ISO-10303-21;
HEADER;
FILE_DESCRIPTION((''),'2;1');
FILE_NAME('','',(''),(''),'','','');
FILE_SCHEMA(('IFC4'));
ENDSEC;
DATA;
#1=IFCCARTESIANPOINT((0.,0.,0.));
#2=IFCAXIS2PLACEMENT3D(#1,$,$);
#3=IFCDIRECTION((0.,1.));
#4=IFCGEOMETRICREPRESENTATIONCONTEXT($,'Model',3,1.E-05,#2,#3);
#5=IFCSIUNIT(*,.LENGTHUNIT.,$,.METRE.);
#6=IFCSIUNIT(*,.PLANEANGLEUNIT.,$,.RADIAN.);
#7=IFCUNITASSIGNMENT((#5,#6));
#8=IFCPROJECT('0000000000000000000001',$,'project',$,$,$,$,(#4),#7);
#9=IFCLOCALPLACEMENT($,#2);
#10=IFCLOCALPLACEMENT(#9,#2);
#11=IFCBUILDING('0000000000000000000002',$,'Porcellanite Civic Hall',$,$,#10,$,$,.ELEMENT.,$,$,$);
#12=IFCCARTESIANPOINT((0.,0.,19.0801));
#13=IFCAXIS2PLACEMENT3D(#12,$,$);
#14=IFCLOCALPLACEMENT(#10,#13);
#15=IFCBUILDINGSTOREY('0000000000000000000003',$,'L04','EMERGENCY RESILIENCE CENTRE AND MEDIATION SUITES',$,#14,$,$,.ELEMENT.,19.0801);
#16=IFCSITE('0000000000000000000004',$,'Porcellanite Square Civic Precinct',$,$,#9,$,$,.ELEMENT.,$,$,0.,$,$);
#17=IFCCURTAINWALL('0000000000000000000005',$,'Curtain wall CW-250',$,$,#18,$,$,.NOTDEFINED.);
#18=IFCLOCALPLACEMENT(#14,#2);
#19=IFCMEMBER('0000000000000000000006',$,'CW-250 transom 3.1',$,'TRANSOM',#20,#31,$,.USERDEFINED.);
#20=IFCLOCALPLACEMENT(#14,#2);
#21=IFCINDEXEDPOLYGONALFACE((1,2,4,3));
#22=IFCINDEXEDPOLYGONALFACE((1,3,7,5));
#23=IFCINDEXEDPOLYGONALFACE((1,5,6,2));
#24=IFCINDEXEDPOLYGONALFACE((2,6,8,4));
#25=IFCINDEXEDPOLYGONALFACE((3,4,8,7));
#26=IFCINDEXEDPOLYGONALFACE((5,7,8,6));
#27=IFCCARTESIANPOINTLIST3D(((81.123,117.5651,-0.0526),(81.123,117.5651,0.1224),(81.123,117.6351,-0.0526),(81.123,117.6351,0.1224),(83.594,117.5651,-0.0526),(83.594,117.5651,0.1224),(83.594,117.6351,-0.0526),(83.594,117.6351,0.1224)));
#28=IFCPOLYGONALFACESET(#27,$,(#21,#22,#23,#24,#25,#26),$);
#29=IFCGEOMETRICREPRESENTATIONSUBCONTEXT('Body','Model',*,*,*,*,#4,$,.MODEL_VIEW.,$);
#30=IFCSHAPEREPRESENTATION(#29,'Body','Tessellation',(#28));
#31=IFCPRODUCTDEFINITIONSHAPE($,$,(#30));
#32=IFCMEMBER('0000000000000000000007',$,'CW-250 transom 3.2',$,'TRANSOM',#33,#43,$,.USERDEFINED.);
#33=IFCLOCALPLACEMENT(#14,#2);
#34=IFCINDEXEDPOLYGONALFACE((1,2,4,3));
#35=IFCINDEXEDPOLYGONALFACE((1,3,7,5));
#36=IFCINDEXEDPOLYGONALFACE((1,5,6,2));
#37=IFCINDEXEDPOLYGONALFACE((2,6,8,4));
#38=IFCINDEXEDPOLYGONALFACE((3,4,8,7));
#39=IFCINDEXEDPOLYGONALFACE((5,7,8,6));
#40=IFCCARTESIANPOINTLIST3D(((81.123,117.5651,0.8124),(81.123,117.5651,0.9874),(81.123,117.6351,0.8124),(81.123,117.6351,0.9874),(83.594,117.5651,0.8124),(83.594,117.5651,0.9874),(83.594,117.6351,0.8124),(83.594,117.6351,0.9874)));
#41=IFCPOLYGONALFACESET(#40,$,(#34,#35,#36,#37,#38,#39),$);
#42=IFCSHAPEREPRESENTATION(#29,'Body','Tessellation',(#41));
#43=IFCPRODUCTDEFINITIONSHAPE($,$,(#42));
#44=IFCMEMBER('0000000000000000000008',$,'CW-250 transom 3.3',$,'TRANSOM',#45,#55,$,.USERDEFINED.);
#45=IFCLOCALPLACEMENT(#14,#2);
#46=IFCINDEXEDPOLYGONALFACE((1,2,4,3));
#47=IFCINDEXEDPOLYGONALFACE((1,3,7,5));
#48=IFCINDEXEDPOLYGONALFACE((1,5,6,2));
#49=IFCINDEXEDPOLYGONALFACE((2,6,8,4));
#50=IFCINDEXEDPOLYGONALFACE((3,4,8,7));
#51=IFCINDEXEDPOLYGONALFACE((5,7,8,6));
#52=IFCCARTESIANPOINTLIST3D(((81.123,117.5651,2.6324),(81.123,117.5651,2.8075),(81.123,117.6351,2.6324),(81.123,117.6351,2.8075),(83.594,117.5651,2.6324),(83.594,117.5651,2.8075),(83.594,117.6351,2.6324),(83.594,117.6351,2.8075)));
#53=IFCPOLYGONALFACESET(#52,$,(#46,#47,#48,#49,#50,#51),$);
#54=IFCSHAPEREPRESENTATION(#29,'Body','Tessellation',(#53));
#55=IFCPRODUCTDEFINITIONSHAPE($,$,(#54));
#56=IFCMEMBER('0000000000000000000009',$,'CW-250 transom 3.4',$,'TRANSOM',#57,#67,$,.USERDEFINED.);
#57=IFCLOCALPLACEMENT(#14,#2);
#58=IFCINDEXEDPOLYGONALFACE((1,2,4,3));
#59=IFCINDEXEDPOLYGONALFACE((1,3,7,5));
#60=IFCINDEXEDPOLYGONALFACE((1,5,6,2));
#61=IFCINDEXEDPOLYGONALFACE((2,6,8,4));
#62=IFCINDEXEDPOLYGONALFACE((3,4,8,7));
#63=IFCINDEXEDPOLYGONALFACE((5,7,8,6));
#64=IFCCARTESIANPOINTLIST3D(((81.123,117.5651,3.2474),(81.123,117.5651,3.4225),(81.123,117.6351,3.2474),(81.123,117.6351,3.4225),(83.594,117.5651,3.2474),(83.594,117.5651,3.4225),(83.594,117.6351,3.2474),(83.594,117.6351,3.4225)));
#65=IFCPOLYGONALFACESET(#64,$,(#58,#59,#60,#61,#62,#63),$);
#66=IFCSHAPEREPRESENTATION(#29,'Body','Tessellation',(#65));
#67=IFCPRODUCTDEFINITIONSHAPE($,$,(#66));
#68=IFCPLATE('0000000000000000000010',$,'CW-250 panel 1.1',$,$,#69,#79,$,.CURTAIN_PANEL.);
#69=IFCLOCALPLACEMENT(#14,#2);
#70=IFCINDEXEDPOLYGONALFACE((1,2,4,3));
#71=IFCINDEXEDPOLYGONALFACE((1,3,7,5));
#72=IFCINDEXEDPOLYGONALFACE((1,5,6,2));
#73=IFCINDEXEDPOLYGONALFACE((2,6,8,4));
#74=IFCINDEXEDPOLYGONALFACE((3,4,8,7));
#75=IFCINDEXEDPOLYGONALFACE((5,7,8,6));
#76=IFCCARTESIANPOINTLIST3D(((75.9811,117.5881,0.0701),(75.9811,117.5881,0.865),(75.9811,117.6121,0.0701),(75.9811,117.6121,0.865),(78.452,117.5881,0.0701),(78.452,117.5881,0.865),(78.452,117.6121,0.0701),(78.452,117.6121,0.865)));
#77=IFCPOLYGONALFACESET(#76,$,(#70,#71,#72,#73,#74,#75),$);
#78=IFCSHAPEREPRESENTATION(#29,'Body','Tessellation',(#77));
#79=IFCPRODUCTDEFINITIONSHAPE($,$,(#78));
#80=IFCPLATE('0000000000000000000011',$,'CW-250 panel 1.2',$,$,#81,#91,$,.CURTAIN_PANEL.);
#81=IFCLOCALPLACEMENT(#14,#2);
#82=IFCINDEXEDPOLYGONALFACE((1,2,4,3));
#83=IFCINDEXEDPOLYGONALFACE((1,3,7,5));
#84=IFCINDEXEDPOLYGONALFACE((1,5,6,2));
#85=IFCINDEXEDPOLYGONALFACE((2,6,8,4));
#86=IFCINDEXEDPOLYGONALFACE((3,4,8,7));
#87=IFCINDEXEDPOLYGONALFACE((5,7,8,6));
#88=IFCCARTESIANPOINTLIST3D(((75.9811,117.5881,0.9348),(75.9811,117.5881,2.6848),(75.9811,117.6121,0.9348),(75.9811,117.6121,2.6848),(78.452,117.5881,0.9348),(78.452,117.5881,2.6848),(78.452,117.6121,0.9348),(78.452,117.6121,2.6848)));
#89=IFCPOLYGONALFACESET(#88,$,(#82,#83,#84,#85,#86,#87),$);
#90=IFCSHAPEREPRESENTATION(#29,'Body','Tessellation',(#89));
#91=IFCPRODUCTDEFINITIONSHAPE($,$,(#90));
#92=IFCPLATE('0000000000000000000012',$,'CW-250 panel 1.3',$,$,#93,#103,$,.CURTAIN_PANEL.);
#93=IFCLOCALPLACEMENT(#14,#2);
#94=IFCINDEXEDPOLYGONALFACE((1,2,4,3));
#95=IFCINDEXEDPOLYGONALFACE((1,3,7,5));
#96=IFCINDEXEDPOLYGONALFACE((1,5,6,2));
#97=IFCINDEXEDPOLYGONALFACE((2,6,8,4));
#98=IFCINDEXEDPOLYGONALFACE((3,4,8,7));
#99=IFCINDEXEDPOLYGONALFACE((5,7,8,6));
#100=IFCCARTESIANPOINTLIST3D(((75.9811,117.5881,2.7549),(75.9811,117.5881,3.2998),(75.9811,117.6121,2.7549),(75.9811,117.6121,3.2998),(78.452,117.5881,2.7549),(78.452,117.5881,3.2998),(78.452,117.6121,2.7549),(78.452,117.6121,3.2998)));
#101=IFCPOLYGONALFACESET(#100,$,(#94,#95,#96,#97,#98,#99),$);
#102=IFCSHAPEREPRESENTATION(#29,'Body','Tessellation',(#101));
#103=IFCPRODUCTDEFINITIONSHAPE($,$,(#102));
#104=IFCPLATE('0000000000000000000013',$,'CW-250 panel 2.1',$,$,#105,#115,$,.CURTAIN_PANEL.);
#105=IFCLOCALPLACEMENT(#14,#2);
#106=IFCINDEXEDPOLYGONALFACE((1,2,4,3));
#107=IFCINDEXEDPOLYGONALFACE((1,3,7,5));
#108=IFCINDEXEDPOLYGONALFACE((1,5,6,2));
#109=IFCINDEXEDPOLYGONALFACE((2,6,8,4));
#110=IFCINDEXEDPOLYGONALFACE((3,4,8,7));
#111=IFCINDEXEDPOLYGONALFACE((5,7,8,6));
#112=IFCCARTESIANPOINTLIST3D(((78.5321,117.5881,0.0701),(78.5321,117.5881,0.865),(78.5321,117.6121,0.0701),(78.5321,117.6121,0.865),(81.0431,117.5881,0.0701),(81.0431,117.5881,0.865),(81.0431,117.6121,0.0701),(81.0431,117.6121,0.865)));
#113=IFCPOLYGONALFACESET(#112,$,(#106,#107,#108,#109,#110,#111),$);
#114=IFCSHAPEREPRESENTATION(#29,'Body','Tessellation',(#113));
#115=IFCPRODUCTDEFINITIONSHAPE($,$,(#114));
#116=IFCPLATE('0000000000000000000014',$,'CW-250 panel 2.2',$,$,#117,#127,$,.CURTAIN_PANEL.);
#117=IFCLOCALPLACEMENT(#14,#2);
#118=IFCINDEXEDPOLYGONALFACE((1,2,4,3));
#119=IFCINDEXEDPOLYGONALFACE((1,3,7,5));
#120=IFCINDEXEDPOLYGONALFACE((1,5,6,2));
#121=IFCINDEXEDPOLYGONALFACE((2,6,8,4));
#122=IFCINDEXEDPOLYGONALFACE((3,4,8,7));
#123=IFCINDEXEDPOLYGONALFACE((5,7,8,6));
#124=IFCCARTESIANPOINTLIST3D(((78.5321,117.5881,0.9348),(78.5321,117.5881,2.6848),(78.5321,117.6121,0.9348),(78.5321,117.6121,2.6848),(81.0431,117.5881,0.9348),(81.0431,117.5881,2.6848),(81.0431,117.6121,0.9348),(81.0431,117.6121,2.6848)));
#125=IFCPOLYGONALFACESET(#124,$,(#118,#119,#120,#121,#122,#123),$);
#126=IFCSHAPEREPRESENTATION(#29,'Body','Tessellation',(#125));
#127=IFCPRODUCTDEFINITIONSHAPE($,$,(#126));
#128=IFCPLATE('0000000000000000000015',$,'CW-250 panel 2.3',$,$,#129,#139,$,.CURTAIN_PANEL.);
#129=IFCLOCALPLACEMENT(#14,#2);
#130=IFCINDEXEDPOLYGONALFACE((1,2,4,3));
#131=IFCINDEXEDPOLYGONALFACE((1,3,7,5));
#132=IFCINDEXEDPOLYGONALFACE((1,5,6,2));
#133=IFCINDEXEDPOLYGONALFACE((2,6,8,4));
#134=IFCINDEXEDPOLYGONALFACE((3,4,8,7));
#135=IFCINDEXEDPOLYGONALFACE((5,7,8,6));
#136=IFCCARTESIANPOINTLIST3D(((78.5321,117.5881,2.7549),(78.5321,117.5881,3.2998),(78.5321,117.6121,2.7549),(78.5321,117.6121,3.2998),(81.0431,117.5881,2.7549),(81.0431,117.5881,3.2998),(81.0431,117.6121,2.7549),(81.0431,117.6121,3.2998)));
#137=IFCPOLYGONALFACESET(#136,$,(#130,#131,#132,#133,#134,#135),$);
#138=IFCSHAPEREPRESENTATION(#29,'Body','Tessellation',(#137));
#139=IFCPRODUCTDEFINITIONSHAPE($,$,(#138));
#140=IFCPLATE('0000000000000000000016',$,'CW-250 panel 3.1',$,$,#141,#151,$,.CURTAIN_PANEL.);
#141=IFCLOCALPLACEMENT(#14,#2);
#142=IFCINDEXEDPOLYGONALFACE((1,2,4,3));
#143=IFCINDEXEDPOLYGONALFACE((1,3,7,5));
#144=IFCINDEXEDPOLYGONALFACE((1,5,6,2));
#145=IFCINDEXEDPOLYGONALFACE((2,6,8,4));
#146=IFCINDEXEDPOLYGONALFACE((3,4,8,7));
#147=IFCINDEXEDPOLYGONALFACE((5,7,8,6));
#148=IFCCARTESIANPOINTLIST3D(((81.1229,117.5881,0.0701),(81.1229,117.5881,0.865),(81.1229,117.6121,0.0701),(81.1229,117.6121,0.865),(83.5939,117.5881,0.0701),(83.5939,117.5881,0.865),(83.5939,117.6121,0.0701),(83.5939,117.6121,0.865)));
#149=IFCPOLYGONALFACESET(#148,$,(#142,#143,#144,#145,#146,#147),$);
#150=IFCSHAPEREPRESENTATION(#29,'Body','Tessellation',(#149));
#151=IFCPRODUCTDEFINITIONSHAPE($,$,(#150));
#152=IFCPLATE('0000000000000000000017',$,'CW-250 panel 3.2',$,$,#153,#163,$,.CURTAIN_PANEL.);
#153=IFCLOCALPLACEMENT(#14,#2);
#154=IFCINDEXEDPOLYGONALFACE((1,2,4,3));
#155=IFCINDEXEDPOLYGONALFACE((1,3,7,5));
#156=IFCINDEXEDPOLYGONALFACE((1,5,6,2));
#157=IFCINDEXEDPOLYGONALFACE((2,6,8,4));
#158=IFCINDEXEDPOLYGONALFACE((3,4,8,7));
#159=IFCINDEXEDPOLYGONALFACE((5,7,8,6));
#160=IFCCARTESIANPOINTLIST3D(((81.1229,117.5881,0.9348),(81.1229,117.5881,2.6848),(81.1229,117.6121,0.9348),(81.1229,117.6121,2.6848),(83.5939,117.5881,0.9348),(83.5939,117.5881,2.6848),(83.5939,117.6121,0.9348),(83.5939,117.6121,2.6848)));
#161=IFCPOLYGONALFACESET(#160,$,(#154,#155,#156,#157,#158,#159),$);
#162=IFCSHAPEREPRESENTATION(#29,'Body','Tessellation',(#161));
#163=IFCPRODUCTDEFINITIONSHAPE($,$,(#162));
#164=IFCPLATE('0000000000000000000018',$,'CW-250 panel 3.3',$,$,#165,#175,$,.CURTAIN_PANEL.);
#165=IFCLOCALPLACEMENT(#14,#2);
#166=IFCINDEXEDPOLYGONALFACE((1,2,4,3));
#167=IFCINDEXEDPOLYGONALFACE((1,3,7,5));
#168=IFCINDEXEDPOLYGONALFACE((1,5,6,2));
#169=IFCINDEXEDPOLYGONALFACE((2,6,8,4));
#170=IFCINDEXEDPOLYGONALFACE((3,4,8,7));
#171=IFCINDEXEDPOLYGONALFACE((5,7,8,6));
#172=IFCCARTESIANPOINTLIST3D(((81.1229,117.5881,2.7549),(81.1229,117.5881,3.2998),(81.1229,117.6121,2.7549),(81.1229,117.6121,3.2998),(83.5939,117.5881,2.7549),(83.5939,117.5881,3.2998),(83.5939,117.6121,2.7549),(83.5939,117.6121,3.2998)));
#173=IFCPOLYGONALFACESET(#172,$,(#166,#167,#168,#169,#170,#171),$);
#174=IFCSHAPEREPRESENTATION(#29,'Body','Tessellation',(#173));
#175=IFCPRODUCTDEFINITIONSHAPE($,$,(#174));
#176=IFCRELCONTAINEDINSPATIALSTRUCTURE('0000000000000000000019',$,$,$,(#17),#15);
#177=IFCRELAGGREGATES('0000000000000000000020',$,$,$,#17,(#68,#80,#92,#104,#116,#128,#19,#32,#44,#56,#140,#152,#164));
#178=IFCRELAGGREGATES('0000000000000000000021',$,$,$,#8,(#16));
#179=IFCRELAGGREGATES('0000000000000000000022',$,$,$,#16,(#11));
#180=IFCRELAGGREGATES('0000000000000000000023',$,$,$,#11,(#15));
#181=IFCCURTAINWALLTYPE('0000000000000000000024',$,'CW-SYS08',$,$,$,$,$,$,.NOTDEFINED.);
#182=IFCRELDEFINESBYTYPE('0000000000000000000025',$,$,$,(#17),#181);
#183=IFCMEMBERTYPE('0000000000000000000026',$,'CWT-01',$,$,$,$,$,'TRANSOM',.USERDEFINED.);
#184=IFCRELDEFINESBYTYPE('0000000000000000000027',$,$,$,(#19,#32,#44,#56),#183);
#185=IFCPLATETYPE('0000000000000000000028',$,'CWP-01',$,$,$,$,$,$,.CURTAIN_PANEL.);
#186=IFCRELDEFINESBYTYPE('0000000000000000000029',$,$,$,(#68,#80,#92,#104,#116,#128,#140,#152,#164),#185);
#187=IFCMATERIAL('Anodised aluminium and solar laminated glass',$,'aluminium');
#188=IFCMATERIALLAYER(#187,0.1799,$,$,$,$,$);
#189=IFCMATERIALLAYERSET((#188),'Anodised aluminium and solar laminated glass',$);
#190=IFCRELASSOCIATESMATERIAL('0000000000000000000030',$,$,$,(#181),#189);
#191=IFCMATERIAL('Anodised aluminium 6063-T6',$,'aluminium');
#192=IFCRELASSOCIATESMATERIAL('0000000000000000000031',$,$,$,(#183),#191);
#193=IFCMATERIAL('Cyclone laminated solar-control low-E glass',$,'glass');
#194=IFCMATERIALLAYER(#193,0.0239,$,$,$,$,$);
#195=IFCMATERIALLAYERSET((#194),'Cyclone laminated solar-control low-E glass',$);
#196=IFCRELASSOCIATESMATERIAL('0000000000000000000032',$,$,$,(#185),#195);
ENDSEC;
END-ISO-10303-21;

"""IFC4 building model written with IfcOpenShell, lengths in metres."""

from ifc_helpers import new_model, si_unit, direction, frame, origin, origin_2d, place, context, subcontext, project, spatial, rectangle, extrude, material, layer, layer_set, material_profile, profile_set, type_object, element, aggregate, save


model = new_model("IFC4")

# Units and contexts
model_context = context("Model", 3, precision=1e-05, world=origin(), true_north=direction((0.0, 1.0)))
body_context = subcontext(model_context, "Body", "Model", "MODEL_VIEW")
ifc_project = project(units=[si_unit("LENGTHUNIT", "METRE"), si_unit("PLANEANGLEUNIT", "RADIAN")], contexts=[model_context])

# Site, building, storey
site_placement = place(None, origin())
site = spatial("IfcSite", under=ifc_project, at=site_placement, Name="Porcellanite Square Civic Precinct", CompositionType="ELEMENT", RefElevation=0.0)
building_placement = place(site_placement, origin())
building = spatial("IfcBuilding", under=site, at=building_placement, Name="Porcellanite Civic Hall", CompositionType="ELEMENT")
storey_placement = place(building_placement, frame((0.0, 0.0, 19.0801)))
storey = spatial("IfcBuildingStorey", under=building, at=storey_placement, Name="L04", Description="EMERGENCY RESILIENCE CENTRE AND MEDIATION SUITES", CompositionType="ELEMENT", Elevation=19.0801)

# Curtain wall, members, plates
ifc_material_1 = material(Name="Anodised aluminium and solar laminated glass", Category="aluminium")
ifc_layer_1 = layer(ifc_material_1, 0.1799)
ifc_layer_set_1 = layer_set([ifc_layer_1], Name="Anodised aluminium and solar laminated glass")
curtain_wall_type = type_object("IfcCurtainWallType", Name="CW-SYS08", PredefinedType="NOTDEFINED", material=ifc_layer_set_1)
curtain_wall_placement = place(storey_placement, origin())
curtain_wall = element("IfcCurtainWall", 1, at=curtain_wall_placement, inside=storey, type_object=curtain_wall_type, Name="Curtain wall CW-250", PredefinedType="NOTDEFINED")
ifc_material_2 = material(Name="Anodised aluminium 6063-T6", Category="aluminium")
ifc_material_profile_1 = material_profile(ifc_material_2, rectangle(XDim=0.0701, YDim=0.175, at=origin_2d()), Name="AL-70x175")
ifc_profile_set_1 = profile_set([ifc_material_profile_1], Name="Anodised aluminium 6063-T6")
member_type_1 = type_object("IfcMemberType", Name="CWT-01", ElementType="TRANSOM", PredefinedType="USERDEFINED", material=ifc_profile_set_1)
member_1_placement = place(storey_placement, frame((81.123, 117.6001, 0.0349), z_axis=(1.0, 0.0, 0.0), x_axis=(0.0, 1.0, 0.0)))
member_1 = element("IfcMember", 2, at=member_1_placement, type_object=member_type_1, Name="CW-250 transom 3.1", ObjectType="TRANSOM", PredefinedType="USERDEFINED", context=body_context, shape_type="SweptSolid", body=[
    extrude(rectangle(XDim=0.0701, YDim=0.175, at=origin_2d()), origin(), (0.0, 0.0, 1.0), 2.4709),
])
member_2_placement = place(storey_placement, frame((81.123, 117.6001, 0.8999), z_axis=(1.0, 0.0, 0.0), x_axis=(0.0, 1.0, 0.0)))
member_2 = element("IfcMember", 3, at=member_2_placement, type_object=member_type_1, Name="CW-250 transom 3.2", ObjectType="TRANSOM", PredefinedType="USERDEFINED", context=body_context, shape_type="SweptSolid", body=[
    extrude(rectangle(XDim=0.0701, YDim=0.175, at=origin_2d()), origin(), (0.0, 0.0, 1.0), 2.4709),
])
member_3_placement = place(storey_placement, frame((81.123, 117.6001, 2.72), z_axis=(1.0, 0.0, 0.0), x_axis=(0.0, 1.0, 0.0)))
member_3 = element("IfcMember", 4, at=member_3_placement, type_object=member_type_1, Name="CW-250 transom 3.3", ObjectType="TRANSOM", PredefinedType="USERDEFINED", context=body_context, shape_type="SweptSolid", body=[
    extrude(rectangle(XDim=0.0701, YDim=0.175, at=origin_2d()), origin(), (0.0, 0.0, 1.0), 2.4709),
])
member_4_placement = place(storey_placement, frame((81.123, 117.6001, 3.335), z_axis=(1.0, 0.0, 0.0), x_axis=(0.0, 1.0, 0.0)))
member_4 = element("IfcMember", 5, at=member_4_placement, type_object=member_type_1, Name="CW-250 transom 3.4", ObjectType="TRANSOM", PredefinedType="USERDEFINED", context=body_context, shape_type="SweptSolid", body=[
    extrude(rectangle(XDim=0.0701, YDim=0.175, at=origin_2d()), origin(), (0.0, 0.0, 1.0), 2.4709),
])
ifc_material_3 = material(Name="Cyclone laminated solar-control low-E glass", Category="glass")
ifc_layer_2 = layer(ifc_material_3, 0.0239)
ifc_layer_set_2 = layer_set([ifc_layer_2], Name="Cyclone laminated solar-control low-E glass")
plate_type = type_object("IfcPlateType", Name="CWP-01", PredefinedType="CURTAIN_PANEL", material=ifc_layer_set_2)
plate_1_placement = place(storey_placement, frame((77.2166, 117.6001, 0.0701), z_axis=(0.0, 0.0, 1.0), x_axis=(1.0, 0.0, 0.0)))
plate_1 = element("IfcPlate", 6, at=plate_1_placement, type_object=plate_type, Name="CW-250 panel 1.1", PredefinedType="CURTAIN_PANEL", context=body_context, shape_type="SweptSolid", body=[
    extrude(rectangle(XDim=2.4709, YDim=0.0239, at=origin_2d()), origin(), (0.0, 0.0, 1.0), 0.7949),
])
plate_2_placement = place(storey_placement, frame((77.2166, 117.6001, 0.9348), z_axis=(0.0, 0.0, 1.0), x_axis=(1.0, 0.0, 0.0)))
plate_2 = element("IfcPlate", 7, at=plate_2_placement, type_object=plate_type, Name="CW-250 panel 1.2", PredefinedType="CURTAIN_PANEL", context=body_context, shape_type="SweptSolid", body=[
    extrude(rectangle(XDim=2.4709, YDim=0.0239, at=origin_2d()), origin(), (0.0, 0.0, 1.0), 1.75),
])
plate_3_placement = place(storey_placement, frame((77.2166, 117.6001, 2.7549), z_axis=(0.0, 0.0, 1.0), x_axis=(1.0, 0.0, 0.0)))
plate_3 = element("IfcPlate", 8, at=plate_3_placement, type_object=plate_type, Name="CW-250 panel 1.3", PredefinedType="CURTAIN_PANEL", context=body_context, shape_type="SweptSolid", body=[
    extrude(rectangle(XDim=2.4709, YDim=0.0239, at=origin_2d()), origin(), (0.0, 0.0, 1.0), 0.5449),
])
plate_4_placement = place(storey_placement, frame((79.7876, 117.6001, 0.0701), z_axis=(0.0, 0.0, 1.0), x_axis=(1.0, 0.0, 0.0)))
plate_4 = element("IfcPlate", 9, at=plate_4_placement, type_object=plate_type, Name="CW-250 panel 2.1", PredefinedType="CURTAIN_PANEL", context=body_context, shape_type="SweptSolid", body=[
    extrude(rectangle(XDim=2.511, YDim=0.0239, at=origin_2d()), origin(), (0.0, 0.0, 1.0), 0.7949),
])
plate_5_placement = place(storey_placement, frame((79.7876, 117.6001, 0.9348), z_axis=(0.0, 0.0, 1.0), x_axis=(1.0, 0.0, 0.0)))
plate_5 = element("IfcPlate", 10, at=plate_5_placement, type_object=plate_type, Name="CW-250 panel 2.2", PredefinedType="CURTAIN_PANEL", context=body_context, shape_type="SweptSolid", body=[
    extrude(rectangle(XDim=2.511, YDim=0.0239, at=origin_2d()), origin(), (0.0, 0.0, 1.0), 1.75),
])
plate_6_placement = place(storey_placement, frame((79.7876, 117.6001, 2.7549), z_axis=(0.0, 0.0, 1.0), x_axis=(1.0, 0.0, 0.0)))
plate_6 = element("IfcPlate", 11, at=plate_6_placement, type_object=plate_type, Name="CW-250 panel 2.3", PredefinedType="CURTAIN_PANEL", context=body_context, shape_type="SweptSolid", body=[
    extrude(rectangle(XDim=2.511, YDim=0.0239, at=origin_2d()), origin(), (0.0, 0.0, 1.0), 0.5449),
])
plate_7_placement = place(storey_placement, frame((82.3584, 117.6001, 0.0701), z_axis=(0.0, 0.0, 1.0), x_axis=(1.0, 0.0, 0.0)))
plate_7 = element("IfcPlate", 12, at=plate_7_placement, type_object=plate_type, Name="CW-250 panel 3.1", PredefinedType="CURTAIN_PANEL", context=body_context, shape_type="SweptSolid", body=[
    extrude(rectangle(XDim=2.4709, YDim=0.0239, at=origin_2d()), origin(), (0.0, 0.0, 1.0), 0.7949),
])
plate_8_placement = place(storey_placement, frame((82.3584, 117.6001, 0.9348), z_axis=(0.0, 0.0, 1.0), x_axis=(1.0, 0.0, 0.0)))
plate_8 = element("IfcPlate", 13, at=plate_8_placement, type_object=plate_type, Name="CW-250 panel 3.2", PredefinedType="CURTAIN_PANEL", context=body_context, shape_type="SweptSolid", body=[
    extrude(rectangle(XDim=2.4709, YDim=0.0239, at=origin_2d()), origin(), (0.0, 0.0, 1.0), 1.75),
])
plate_9_placement = place(storey_placement, frame((82.3584, 117.6001, 2.7549), z_axis=(0.0, 0.0, 1.0), x_axis=(1.0, 0.0, 0.0)))
plate_9 = element("IfcPlate", 14, at=plate_9_placement, type_object=plate_type, Name="CW-250 panel 3.3", PredefinedType="CURTAIN_PANEL", context=body_context, shape_type="SweptSolid", body=[
    extrude(rectangle(XDim=2.4709, YDim=0.0239, at=origin_2d()), origin(), (0.0, 0.0, 1.0), 0.5449),
])
aggregate(curtain_wall, [plate_1, plate_2, plate_3, plate_4, plate_5, plate_6, member_1, member_2, member_3, member_4, plate_7, plate_8, plate_9])

save(model, "model.ifc")
